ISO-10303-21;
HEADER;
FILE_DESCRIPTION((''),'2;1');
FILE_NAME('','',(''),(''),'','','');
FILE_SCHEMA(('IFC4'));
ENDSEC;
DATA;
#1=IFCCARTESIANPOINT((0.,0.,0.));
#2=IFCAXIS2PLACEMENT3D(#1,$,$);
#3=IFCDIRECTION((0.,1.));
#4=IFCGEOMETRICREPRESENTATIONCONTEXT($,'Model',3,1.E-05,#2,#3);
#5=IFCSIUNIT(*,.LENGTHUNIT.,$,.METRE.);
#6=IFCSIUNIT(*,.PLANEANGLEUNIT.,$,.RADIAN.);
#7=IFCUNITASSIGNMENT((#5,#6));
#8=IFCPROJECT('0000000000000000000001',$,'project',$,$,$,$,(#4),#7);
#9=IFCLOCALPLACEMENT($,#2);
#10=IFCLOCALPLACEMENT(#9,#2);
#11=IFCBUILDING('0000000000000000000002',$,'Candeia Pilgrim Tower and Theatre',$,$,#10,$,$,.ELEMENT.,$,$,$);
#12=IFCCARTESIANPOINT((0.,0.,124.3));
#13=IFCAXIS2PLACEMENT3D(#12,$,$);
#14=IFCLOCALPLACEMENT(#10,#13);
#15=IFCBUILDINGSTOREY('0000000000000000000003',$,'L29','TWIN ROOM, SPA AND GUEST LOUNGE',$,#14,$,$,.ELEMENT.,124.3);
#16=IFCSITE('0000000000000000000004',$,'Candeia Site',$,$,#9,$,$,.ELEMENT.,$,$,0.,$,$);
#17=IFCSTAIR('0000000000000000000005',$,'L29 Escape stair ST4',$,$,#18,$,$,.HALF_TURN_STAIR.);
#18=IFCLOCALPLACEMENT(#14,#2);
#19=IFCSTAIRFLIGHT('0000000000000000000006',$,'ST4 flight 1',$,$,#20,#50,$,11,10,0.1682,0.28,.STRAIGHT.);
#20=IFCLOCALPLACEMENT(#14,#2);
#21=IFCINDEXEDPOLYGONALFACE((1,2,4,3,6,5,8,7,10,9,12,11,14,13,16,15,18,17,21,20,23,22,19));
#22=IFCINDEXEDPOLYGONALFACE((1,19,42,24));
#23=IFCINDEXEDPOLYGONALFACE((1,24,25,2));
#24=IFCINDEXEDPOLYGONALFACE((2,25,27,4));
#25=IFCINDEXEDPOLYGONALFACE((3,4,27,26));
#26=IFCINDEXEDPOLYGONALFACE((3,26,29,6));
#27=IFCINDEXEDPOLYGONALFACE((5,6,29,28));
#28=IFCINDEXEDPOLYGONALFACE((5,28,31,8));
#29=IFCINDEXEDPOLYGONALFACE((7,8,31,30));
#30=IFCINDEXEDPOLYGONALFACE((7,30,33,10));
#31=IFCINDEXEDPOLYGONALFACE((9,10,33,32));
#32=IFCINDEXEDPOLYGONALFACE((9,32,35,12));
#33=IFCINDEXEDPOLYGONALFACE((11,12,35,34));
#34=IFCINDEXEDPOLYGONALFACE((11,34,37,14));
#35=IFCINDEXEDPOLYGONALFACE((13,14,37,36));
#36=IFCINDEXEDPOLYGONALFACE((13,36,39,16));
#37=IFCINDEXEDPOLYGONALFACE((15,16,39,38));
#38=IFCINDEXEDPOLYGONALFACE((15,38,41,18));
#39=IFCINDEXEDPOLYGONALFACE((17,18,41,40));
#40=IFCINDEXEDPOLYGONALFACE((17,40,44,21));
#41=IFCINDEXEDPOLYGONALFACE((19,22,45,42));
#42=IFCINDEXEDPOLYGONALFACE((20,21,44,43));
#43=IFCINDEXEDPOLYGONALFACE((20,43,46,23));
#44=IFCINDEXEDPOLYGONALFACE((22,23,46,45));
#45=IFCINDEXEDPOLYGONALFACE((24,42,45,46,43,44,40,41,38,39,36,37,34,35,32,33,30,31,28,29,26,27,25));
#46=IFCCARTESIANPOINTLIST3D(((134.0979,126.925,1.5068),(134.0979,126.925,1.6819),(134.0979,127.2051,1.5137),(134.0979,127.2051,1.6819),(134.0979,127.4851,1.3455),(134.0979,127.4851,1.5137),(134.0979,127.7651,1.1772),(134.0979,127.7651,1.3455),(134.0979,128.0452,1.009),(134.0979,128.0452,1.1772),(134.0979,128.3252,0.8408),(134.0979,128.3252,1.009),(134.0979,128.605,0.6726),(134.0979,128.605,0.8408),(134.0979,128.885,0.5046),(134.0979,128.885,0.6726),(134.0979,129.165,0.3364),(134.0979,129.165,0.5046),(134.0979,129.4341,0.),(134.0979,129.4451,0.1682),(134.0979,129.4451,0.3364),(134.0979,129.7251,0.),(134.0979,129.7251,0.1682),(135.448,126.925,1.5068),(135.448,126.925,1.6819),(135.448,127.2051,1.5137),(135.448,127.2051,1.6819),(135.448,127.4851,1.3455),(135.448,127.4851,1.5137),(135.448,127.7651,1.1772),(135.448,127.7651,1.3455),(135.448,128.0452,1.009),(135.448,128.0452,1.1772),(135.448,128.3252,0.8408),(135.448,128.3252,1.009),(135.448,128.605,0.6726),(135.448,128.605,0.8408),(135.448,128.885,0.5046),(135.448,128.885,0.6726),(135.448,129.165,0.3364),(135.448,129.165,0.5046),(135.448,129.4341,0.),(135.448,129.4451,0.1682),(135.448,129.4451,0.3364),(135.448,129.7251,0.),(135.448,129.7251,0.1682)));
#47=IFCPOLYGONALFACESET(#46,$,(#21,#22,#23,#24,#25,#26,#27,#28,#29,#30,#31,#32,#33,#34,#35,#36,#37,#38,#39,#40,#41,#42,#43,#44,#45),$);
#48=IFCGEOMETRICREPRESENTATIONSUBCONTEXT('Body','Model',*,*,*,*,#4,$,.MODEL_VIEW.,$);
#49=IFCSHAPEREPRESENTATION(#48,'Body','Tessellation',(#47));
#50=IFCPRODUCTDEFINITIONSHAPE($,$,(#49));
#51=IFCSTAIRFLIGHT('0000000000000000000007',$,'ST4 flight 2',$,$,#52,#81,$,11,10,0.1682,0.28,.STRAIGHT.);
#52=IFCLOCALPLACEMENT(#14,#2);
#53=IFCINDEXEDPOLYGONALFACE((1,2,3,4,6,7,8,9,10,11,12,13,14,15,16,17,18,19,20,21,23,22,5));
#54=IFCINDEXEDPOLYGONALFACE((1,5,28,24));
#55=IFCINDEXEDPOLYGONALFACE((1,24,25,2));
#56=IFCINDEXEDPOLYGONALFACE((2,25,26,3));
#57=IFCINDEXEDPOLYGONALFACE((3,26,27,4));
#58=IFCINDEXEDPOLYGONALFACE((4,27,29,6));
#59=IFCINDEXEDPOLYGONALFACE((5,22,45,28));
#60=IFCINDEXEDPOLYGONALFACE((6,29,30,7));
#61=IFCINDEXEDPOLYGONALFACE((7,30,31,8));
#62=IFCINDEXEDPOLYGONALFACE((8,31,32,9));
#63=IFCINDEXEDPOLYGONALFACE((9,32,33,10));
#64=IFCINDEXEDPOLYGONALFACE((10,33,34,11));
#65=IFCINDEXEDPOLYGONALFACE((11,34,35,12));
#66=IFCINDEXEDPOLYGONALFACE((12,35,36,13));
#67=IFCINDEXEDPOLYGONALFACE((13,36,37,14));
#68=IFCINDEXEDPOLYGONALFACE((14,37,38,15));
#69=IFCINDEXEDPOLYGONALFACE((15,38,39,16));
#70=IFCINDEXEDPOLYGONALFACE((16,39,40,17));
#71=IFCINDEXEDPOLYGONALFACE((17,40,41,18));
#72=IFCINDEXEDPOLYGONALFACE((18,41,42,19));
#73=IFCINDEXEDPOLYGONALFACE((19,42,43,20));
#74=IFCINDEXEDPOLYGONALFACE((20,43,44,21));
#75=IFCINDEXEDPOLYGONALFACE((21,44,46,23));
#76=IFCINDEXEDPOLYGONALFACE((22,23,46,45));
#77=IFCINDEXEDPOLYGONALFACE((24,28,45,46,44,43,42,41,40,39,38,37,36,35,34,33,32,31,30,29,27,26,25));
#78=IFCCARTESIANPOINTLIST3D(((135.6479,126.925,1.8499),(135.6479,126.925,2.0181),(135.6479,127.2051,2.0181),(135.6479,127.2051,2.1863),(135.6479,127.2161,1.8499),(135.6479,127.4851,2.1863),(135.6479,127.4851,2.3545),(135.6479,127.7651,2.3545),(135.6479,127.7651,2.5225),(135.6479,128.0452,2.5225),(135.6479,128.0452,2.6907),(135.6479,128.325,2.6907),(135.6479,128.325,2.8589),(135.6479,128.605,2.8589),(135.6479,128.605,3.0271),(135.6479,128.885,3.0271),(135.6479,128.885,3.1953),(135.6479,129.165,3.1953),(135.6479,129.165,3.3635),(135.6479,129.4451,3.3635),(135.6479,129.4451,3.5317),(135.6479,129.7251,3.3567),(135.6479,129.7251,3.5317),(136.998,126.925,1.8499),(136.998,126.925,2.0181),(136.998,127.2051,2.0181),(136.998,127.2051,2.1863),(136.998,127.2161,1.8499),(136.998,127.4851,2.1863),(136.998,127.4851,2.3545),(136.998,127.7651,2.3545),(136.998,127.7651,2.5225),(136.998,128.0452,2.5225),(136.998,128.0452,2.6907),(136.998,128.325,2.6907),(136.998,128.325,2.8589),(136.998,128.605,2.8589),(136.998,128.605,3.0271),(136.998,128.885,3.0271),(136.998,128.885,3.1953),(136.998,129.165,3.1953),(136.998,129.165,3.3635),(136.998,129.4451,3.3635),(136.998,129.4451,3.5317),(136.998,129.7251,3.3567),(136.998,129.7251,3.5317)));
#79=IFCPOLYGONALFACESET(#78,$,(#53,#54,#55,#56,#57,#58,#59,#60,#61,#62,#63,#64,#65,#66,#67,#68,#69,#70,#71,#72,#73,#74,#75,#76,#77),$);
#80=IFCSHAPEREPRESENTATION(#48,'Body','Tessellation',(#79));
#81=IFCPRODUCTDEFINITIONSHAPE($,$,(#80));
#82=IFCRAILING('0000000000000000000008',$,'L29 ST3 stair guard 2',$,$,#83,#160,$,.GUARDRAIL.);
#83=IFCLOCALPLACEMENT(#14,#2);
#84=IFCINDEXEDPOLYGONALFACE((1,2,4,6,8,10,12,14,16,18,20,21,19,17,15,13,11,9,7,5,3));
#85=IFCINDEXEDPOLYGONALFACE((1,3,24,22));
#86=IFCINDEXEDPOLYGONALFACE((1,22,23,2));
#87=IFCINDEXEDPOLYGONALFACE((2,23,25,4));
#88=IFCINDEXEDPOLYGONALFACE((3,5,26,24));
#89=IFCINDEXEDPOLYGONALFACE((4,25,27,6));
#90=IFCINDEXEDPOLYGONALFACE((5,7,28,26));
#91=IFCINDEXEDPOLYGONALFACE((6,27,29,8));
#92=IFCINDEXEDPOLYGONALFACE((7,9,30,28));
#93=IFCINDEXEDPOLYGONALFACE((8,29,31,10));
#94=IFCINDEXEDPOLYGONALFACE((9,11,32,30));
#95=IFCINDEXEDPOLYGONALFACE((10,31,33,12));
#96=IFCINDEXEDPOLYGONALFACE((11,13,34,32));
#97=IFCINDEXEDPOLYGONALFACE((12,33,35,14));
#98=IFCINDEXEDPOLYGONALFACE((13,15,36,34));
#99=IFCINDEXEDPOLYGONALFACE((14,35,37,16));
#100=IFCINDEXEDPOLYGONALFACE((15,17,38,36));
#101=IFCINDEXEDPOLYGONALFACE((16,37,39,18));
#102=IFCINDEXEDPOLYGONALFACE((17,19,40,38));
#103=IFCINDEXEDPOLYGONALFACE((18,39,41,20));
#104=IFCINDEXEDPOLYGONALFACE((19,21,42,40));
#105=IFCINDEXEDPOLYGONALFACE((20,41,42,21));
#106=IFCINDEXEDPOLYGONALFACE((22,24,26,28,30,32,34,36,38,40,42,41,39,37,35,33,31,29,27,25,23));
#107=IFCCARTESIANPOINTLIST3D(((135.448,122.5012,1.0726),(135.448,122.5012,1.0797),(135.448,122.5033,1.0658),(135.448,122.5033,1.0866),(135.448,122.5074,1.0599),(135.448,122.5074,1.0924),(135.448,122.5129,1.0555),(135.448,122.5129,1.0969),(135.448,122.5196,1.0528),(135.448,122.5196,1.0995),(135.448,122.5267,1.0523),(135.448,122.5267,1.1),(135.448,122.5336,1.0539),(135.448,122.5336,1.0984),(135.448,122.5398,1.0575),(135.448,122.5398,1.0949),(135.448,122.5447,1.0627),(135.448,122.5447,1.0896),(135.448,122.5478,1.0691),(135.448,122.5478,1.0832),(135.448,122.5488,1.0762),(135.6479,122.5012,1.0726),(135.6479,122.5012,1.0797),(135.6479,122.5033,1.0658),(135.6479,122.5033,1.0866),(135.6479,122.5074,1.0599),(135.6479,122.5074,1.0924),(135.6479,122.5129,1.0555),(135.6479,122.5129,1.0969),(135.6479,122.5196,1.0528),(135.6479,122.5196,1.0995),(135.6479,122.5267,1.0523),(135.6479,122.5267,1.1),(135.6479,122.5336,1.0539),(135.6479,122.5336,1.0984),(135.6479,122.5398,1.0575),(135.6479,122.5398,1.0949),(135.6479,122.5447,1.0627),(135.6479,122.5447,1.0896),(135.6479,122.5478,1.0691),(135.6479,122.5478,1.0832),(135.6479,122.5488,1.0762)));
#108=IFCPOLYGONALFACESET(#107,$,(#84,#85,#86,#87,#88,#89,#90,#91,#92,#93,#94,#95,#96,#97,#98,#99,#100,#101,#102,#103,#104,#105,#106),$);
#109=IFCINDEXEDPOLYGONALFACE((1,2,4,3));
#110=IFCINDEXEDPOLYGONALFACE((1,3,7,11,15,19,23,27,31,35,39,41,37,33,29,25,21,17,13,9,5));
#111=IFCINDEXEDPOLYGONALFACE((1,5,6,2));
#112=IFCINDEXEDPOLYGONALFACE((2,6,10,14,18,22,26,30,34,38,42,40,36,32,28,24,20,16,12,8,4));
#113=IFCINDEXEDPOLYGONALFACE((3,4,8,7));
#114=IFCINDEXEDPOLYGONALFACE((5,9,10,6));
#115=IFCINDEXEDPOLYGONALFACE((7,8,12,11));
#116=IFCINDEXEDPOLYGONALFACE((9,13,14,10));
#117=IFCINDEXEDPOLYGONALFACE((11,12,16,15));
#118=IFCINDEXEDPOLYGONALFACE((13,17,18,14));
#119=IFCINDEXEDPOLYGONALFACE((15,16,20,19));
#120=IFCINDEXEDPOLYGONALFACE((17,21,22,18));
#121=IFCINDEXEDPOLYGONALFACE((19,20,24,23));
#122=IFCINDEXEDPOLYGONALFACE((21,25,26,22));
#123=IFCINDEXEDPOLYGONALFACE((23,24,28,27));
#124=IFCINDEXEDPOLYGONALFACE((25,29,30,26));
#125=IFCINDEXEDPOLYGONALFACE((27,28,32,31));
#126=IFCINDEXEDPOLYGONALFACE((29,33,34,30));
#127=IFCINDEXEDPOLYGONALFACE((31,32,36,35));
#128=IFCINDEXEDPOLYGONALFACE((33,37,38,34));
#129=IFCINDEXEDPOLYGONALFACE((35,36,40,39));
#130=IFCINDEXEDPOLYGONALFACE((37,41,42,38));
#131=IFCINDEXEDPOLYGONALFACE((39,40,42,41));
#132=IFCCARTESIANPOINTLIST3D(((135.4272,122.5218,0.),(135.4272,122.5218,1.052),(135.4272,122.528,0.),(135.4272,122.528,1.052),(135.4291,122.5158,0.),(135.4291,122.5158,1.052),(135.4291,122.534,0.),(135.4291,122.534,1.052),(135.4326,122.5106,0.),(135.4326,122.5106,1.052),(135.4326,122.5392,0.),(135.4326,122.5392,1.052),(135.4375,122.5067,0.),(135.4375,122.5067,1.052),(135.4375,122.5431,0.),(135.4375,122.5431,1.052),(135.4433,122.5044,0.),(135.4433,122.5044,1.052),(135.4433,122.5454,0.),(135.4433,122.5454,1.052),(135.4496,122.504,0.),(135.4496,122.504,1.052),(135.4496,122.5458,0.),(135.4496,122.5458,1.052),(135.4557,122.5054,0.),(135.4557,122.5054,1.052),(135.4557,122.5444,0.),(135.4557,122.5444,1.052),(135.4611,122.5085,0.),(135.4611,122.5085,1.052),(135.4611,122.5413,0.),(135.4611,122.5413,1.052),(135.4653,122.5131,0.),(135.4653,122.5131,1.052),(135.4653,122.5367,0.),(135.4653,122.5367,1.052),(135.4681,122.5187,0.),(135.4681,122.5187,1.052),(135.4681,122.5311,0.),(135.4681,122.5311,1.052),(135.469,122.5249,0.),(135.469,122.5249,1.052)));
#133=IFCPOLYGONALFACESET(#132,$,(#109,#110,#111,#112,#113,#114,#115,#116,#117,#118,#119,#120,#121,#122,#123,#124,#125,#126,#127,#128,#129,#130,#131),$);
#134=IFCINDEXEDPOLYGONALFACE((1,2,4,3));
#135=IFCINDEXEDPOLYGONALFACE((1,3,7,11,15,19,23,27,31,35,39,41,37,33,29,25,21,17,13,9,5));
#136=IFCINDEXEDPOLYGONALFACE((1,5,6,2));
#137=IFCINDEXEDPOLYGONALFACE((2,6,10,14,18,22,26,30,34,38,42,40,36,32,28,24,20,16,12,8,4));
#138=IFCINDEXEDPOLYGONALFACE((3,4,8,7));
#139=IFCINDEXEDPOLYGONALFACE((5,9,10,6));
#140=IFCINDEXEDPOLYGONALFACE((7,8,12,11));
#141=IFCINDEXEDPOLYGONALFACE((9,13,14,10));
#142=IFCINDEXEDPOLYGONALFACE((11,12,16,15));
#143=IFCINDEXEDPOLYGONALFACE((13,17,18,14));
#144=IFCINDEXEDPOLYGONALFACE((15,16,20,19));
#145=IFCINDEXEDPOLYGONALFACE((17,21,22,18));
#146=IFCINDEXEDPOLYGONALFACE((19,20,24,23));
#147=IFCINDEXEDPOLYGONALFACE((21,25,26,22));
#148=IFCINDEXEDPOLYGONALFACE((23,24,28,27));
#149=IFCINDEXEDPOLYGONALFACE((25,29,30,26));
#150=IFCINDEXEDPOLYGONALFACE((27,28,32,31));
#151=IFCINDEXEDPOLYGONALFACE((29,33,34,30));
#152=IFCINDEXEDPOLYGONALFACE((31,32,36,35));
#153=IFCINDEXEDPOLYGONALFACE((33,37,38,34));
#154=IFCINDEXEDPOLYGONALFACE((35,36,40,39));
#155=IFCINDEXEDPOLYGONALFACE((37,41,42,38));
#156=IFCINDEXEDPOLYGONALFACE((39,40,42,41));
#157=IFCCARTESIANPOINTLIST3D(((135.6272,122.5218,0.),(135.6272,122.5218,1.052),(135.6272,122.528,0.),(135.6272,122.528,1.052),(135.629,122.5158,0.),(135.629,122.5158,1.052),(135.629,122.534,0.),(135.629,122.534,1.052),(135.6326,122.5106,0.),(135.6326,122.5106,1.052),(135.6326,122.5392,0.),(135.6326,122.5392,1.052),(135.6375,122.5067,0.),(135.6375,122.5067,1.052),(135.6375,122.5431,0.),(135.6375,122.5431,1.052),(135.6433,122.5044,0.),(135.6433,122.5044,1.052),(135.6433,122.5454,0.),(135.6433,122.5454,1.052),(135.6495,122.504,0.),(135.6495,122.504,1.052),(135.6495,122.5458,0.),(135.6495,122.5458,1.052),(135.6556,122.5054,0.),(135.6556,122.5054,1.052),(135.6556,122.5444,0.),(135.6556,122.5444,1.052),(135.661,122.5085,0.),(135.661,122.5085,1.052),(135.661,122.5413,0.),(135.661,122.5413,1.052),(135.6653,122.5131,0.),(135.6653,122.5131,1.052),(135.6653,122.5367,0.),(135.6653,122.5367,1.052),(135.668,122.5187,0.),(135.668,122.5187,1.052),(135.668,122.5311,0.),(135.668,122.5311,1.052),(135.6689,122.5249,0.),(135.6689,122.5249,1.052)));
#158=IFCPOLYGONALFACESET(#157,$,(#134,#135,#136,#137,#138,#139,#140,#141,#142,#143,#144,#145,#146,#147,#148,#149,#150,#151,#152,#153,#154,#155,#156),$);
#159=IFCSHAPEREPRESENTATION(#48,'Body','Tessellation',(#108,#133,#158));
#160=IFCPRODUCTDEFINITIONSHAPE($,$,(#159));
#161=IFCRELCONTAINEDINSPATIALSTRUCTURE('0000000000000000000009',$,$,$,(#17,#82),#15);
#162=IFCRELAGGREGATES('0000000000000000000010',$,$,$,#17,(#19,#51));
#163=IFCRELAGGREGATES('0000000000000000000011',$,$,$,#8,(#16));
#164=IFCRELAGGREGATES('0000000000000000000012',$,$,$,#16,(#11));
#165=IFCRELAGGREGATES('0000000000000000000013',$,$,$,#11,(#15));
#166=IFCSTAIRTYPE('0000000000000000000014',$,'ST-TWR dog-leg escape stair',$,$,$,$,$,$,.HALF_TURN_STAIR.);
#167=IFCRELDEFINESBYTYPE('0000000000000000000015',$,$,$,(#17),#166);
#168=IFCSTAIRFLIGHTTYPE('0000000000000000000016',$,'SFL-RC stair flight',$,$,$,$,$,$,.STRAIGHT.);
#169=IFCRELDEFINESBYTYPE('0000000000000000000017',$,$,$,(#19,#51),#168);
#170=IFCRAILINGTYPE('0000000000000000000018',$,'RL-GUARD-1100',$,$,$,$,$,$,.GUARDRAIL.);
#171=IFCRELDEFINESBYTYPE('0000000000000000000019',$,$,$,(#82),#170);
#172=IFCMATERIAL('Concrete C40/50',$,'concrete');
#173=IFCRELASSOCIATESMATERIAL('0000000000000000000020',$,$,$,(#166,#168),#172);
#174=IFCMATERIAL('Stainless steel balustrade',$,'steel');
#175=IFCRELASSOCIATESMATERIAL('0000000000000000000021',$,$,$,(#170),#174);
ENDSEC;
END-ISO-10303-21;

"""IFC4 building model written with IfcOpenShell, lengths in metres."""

from ifc_helpers import new_model, si_unit, direction, frame, origin, origin_2d, place, context, subcontext, project, spatial, polyline, circle, outline, extrude, material, type_object, element, aggregate, save


model = new_model("IFC4")

# Units and contexts
model_context = context("Model", 3, precision=1e-05, world=origin(), true_north=direction((0.0, 1.0)))
body_context = subcontext(model_context, "Body", "Model", "MODEL_VIEW")
ifc_project = project(units=[si_unit("LENGTHUNIT", "METRE"), si_unit("PLANEANGLEUNIT", "RADIAN")], contexts=[model_context])

# Site, building, storey
site_placement = place(None, origin())
site = spatial("IfcSite", under=ifc_project, at=site_placement, Name="Candeia Site", CompositionType="ELEMENT", RefElevation=0.0)
building_placement = place(site_placement, origin())
building = spatial("IfcBuilding", under=site, at=building_placement, Name="Candeia Pilgrim Tower and Theatre", CompositionType="ELEMENT")
storey_placement = place(building_placement, frame((0.0, 0.0, 124.3)))
storey = spatial("IfcBuildingStorey", under=building, at=storey_placement, Name="L29", Description="TWIN ROOM, SPA AND GUEST LOUNGE", CompositionType="ELEMENT", Elevation=124.3)

# Shared definitions
ifc_material_1 = material(Name="Concrete C40/50", Category="concrete")

# Stair, stair flights
stair_type = type_object("IfcStairType", Name="ST-TWR dog-leg escape stair", PredefinedType="HALF_TURN_STAIR", material=ifc_material_1)
stair_flight_type = type_object("IfcStairFlightType", Name="SFL-RC stair flight", PredefinedType="STRAIGHT", material=ifc_material_1)
stair_1_placement = place(storey_placement, origin())
stair_1 = element("IfcStair", 1, at=stair_1_placement, inside=storey, type_object=stair_type, Name="L29 Escape stair ST4", PredefinedType="HALF_TURN_STAIR")
stair_flight_1_placement = place(storey_placement, frame((134.7729, 129.7251, 0.0), z_axis=(0.0, 0.0, 1.0), x_axis=(0.0, -1.0, 0.0)))
stair_flight_1 = element("IfcStairFlight", 2, at=stair_flight_1_placement, type_object=stair_flight_type, Name="ST4 flight 1", NumberOfRisers=11, NumberOfTreads=10, PredefinedType="STRAIGHT", RiserHeight=0.1682, TreadLength=0.28, context=body_context, shape_type="SweptSolid", body=[
    extrude(outline(polyline([(0.0, 0.0), (0.0, 0.1682), (0.28, 0.1682), (0.28, 0.3364), (0.5601, 0.3364), (0.5601, 0.5046), (0.8401, 0.5046), (0.8401, 0.6726), (1.1201, 0.6726), (1.1201, 0.8408), (1.3999, 0.8408), (1.3999, 1.009), (1.6799, 1.009), (1.6799, 1.1772), (1.96, 1.1772), (1.96, 1.3455), (2.24, 1.3455), (2.24, 1.5137), (2.52, 1.5137), (2.52, 1.6819), (2.8, 1.6819), (2.8, 1.8501), (2.8, 1.5068), (0.291, 0.0), (0.0, 0.0)])), frame((0.0, 0.675, 0.0), z_axis=(0.0, -1.0, 0.0), x_axis=(1.0, 0.0, 0.0)), (0.0, 0.0, 1.0), 1.3501),
])
stair_flight_2_placement = place(storey_placement, frame((136.323, 126.925, 1.8499), z_axis=(0.0, 0.0, 1.0), x_axis=(0.0, 1.0, 0.0)))
stair_flight_2 = element("IfcStairFlight", 3, at=stair_flight_2_placement, type_object=stair_flight_type, Name="ST4 flight 2", NumberOfRisers=11, NumberOfTreads=10, PredefinedType="STRAIGHT", RiserHeight=0.1682, TreadLength=0.28, context=body_context, shape_type="SweptSolid", body=[
    extrude(outline(polyline([(0.0, 0.0), (0.0, 0.1682), (0.28, 0.1682), (0.28, 0.3364), (0.5601, 0.3364), (0.5601, 0.5046), (0.8401, 0.5046), (0.8401, 0.6726), (1.1201, 0.6726), (1.1201, 0.8408), (1.3999, 0.8408), (1.3999, 1.009), (1.6799, 1.009), (1.6799, 1.1772), (1.96, 1.1772), (1.96, 1.3455), (2.24, 1.3455), (2.24, 1.5137), (2.52, 1.5137), (2.52, 1.6819), (2.8, 1.6819), (2.8, 1.8501), (2.8, 1.5068), (0.291, 0.0), (0.0, 0.0)])), frame((0.0, 0.675, 0.0), z_axis=(0.0, -1.0, 0.0), x_axis=(1.0, 0.0, 0.0)), (0.0, 0.0, 1.0), 1.3501),
])
aggregate(stair_1, [stair_flight_1, stair_flight_2])

# Railing
ifc_material_2 = material(Name="Stainless steel balustrade", Category="steel")
railing_type_1 = type_object("IfcRailingType", Name="RL-GUARD-1100", PredefinedType="GUARDRAIL", material=ifc_material_2)
railing_1_placement = place(storey_placement, frame((135.448, 122.5249, 0.0)))
element("IfcRailing", 4, at=railing_1_placement, inside=storey, type_object=railing_type_1, Name="L29 ST3 stair guard 2", PredefinedType="GUARDRAIL", context=body_context, shape_type="SweptSolid", body=[
    extrude(circle(Radius=0.0239, at=origin_2d()), frame((0.0, 0.0, 1.0762), z_axis=(1.0, 0.0, 0.0), x_axis=(0.0, 1.0, 0.0)), (0.0, 0.0, 1.0), 0.2),
    extrude(circle(Radius=0.021, at=origin_2d()), origin(), (0.0, 0.0, 1.0), 1.052),
    extrude(circle(Radius=0.021, at=origin_2d()), frame((0.2, 0.0, 0.0)), (0.0, 0.0, 1.0), 1.052),
])

save(model, "model.ifc")
